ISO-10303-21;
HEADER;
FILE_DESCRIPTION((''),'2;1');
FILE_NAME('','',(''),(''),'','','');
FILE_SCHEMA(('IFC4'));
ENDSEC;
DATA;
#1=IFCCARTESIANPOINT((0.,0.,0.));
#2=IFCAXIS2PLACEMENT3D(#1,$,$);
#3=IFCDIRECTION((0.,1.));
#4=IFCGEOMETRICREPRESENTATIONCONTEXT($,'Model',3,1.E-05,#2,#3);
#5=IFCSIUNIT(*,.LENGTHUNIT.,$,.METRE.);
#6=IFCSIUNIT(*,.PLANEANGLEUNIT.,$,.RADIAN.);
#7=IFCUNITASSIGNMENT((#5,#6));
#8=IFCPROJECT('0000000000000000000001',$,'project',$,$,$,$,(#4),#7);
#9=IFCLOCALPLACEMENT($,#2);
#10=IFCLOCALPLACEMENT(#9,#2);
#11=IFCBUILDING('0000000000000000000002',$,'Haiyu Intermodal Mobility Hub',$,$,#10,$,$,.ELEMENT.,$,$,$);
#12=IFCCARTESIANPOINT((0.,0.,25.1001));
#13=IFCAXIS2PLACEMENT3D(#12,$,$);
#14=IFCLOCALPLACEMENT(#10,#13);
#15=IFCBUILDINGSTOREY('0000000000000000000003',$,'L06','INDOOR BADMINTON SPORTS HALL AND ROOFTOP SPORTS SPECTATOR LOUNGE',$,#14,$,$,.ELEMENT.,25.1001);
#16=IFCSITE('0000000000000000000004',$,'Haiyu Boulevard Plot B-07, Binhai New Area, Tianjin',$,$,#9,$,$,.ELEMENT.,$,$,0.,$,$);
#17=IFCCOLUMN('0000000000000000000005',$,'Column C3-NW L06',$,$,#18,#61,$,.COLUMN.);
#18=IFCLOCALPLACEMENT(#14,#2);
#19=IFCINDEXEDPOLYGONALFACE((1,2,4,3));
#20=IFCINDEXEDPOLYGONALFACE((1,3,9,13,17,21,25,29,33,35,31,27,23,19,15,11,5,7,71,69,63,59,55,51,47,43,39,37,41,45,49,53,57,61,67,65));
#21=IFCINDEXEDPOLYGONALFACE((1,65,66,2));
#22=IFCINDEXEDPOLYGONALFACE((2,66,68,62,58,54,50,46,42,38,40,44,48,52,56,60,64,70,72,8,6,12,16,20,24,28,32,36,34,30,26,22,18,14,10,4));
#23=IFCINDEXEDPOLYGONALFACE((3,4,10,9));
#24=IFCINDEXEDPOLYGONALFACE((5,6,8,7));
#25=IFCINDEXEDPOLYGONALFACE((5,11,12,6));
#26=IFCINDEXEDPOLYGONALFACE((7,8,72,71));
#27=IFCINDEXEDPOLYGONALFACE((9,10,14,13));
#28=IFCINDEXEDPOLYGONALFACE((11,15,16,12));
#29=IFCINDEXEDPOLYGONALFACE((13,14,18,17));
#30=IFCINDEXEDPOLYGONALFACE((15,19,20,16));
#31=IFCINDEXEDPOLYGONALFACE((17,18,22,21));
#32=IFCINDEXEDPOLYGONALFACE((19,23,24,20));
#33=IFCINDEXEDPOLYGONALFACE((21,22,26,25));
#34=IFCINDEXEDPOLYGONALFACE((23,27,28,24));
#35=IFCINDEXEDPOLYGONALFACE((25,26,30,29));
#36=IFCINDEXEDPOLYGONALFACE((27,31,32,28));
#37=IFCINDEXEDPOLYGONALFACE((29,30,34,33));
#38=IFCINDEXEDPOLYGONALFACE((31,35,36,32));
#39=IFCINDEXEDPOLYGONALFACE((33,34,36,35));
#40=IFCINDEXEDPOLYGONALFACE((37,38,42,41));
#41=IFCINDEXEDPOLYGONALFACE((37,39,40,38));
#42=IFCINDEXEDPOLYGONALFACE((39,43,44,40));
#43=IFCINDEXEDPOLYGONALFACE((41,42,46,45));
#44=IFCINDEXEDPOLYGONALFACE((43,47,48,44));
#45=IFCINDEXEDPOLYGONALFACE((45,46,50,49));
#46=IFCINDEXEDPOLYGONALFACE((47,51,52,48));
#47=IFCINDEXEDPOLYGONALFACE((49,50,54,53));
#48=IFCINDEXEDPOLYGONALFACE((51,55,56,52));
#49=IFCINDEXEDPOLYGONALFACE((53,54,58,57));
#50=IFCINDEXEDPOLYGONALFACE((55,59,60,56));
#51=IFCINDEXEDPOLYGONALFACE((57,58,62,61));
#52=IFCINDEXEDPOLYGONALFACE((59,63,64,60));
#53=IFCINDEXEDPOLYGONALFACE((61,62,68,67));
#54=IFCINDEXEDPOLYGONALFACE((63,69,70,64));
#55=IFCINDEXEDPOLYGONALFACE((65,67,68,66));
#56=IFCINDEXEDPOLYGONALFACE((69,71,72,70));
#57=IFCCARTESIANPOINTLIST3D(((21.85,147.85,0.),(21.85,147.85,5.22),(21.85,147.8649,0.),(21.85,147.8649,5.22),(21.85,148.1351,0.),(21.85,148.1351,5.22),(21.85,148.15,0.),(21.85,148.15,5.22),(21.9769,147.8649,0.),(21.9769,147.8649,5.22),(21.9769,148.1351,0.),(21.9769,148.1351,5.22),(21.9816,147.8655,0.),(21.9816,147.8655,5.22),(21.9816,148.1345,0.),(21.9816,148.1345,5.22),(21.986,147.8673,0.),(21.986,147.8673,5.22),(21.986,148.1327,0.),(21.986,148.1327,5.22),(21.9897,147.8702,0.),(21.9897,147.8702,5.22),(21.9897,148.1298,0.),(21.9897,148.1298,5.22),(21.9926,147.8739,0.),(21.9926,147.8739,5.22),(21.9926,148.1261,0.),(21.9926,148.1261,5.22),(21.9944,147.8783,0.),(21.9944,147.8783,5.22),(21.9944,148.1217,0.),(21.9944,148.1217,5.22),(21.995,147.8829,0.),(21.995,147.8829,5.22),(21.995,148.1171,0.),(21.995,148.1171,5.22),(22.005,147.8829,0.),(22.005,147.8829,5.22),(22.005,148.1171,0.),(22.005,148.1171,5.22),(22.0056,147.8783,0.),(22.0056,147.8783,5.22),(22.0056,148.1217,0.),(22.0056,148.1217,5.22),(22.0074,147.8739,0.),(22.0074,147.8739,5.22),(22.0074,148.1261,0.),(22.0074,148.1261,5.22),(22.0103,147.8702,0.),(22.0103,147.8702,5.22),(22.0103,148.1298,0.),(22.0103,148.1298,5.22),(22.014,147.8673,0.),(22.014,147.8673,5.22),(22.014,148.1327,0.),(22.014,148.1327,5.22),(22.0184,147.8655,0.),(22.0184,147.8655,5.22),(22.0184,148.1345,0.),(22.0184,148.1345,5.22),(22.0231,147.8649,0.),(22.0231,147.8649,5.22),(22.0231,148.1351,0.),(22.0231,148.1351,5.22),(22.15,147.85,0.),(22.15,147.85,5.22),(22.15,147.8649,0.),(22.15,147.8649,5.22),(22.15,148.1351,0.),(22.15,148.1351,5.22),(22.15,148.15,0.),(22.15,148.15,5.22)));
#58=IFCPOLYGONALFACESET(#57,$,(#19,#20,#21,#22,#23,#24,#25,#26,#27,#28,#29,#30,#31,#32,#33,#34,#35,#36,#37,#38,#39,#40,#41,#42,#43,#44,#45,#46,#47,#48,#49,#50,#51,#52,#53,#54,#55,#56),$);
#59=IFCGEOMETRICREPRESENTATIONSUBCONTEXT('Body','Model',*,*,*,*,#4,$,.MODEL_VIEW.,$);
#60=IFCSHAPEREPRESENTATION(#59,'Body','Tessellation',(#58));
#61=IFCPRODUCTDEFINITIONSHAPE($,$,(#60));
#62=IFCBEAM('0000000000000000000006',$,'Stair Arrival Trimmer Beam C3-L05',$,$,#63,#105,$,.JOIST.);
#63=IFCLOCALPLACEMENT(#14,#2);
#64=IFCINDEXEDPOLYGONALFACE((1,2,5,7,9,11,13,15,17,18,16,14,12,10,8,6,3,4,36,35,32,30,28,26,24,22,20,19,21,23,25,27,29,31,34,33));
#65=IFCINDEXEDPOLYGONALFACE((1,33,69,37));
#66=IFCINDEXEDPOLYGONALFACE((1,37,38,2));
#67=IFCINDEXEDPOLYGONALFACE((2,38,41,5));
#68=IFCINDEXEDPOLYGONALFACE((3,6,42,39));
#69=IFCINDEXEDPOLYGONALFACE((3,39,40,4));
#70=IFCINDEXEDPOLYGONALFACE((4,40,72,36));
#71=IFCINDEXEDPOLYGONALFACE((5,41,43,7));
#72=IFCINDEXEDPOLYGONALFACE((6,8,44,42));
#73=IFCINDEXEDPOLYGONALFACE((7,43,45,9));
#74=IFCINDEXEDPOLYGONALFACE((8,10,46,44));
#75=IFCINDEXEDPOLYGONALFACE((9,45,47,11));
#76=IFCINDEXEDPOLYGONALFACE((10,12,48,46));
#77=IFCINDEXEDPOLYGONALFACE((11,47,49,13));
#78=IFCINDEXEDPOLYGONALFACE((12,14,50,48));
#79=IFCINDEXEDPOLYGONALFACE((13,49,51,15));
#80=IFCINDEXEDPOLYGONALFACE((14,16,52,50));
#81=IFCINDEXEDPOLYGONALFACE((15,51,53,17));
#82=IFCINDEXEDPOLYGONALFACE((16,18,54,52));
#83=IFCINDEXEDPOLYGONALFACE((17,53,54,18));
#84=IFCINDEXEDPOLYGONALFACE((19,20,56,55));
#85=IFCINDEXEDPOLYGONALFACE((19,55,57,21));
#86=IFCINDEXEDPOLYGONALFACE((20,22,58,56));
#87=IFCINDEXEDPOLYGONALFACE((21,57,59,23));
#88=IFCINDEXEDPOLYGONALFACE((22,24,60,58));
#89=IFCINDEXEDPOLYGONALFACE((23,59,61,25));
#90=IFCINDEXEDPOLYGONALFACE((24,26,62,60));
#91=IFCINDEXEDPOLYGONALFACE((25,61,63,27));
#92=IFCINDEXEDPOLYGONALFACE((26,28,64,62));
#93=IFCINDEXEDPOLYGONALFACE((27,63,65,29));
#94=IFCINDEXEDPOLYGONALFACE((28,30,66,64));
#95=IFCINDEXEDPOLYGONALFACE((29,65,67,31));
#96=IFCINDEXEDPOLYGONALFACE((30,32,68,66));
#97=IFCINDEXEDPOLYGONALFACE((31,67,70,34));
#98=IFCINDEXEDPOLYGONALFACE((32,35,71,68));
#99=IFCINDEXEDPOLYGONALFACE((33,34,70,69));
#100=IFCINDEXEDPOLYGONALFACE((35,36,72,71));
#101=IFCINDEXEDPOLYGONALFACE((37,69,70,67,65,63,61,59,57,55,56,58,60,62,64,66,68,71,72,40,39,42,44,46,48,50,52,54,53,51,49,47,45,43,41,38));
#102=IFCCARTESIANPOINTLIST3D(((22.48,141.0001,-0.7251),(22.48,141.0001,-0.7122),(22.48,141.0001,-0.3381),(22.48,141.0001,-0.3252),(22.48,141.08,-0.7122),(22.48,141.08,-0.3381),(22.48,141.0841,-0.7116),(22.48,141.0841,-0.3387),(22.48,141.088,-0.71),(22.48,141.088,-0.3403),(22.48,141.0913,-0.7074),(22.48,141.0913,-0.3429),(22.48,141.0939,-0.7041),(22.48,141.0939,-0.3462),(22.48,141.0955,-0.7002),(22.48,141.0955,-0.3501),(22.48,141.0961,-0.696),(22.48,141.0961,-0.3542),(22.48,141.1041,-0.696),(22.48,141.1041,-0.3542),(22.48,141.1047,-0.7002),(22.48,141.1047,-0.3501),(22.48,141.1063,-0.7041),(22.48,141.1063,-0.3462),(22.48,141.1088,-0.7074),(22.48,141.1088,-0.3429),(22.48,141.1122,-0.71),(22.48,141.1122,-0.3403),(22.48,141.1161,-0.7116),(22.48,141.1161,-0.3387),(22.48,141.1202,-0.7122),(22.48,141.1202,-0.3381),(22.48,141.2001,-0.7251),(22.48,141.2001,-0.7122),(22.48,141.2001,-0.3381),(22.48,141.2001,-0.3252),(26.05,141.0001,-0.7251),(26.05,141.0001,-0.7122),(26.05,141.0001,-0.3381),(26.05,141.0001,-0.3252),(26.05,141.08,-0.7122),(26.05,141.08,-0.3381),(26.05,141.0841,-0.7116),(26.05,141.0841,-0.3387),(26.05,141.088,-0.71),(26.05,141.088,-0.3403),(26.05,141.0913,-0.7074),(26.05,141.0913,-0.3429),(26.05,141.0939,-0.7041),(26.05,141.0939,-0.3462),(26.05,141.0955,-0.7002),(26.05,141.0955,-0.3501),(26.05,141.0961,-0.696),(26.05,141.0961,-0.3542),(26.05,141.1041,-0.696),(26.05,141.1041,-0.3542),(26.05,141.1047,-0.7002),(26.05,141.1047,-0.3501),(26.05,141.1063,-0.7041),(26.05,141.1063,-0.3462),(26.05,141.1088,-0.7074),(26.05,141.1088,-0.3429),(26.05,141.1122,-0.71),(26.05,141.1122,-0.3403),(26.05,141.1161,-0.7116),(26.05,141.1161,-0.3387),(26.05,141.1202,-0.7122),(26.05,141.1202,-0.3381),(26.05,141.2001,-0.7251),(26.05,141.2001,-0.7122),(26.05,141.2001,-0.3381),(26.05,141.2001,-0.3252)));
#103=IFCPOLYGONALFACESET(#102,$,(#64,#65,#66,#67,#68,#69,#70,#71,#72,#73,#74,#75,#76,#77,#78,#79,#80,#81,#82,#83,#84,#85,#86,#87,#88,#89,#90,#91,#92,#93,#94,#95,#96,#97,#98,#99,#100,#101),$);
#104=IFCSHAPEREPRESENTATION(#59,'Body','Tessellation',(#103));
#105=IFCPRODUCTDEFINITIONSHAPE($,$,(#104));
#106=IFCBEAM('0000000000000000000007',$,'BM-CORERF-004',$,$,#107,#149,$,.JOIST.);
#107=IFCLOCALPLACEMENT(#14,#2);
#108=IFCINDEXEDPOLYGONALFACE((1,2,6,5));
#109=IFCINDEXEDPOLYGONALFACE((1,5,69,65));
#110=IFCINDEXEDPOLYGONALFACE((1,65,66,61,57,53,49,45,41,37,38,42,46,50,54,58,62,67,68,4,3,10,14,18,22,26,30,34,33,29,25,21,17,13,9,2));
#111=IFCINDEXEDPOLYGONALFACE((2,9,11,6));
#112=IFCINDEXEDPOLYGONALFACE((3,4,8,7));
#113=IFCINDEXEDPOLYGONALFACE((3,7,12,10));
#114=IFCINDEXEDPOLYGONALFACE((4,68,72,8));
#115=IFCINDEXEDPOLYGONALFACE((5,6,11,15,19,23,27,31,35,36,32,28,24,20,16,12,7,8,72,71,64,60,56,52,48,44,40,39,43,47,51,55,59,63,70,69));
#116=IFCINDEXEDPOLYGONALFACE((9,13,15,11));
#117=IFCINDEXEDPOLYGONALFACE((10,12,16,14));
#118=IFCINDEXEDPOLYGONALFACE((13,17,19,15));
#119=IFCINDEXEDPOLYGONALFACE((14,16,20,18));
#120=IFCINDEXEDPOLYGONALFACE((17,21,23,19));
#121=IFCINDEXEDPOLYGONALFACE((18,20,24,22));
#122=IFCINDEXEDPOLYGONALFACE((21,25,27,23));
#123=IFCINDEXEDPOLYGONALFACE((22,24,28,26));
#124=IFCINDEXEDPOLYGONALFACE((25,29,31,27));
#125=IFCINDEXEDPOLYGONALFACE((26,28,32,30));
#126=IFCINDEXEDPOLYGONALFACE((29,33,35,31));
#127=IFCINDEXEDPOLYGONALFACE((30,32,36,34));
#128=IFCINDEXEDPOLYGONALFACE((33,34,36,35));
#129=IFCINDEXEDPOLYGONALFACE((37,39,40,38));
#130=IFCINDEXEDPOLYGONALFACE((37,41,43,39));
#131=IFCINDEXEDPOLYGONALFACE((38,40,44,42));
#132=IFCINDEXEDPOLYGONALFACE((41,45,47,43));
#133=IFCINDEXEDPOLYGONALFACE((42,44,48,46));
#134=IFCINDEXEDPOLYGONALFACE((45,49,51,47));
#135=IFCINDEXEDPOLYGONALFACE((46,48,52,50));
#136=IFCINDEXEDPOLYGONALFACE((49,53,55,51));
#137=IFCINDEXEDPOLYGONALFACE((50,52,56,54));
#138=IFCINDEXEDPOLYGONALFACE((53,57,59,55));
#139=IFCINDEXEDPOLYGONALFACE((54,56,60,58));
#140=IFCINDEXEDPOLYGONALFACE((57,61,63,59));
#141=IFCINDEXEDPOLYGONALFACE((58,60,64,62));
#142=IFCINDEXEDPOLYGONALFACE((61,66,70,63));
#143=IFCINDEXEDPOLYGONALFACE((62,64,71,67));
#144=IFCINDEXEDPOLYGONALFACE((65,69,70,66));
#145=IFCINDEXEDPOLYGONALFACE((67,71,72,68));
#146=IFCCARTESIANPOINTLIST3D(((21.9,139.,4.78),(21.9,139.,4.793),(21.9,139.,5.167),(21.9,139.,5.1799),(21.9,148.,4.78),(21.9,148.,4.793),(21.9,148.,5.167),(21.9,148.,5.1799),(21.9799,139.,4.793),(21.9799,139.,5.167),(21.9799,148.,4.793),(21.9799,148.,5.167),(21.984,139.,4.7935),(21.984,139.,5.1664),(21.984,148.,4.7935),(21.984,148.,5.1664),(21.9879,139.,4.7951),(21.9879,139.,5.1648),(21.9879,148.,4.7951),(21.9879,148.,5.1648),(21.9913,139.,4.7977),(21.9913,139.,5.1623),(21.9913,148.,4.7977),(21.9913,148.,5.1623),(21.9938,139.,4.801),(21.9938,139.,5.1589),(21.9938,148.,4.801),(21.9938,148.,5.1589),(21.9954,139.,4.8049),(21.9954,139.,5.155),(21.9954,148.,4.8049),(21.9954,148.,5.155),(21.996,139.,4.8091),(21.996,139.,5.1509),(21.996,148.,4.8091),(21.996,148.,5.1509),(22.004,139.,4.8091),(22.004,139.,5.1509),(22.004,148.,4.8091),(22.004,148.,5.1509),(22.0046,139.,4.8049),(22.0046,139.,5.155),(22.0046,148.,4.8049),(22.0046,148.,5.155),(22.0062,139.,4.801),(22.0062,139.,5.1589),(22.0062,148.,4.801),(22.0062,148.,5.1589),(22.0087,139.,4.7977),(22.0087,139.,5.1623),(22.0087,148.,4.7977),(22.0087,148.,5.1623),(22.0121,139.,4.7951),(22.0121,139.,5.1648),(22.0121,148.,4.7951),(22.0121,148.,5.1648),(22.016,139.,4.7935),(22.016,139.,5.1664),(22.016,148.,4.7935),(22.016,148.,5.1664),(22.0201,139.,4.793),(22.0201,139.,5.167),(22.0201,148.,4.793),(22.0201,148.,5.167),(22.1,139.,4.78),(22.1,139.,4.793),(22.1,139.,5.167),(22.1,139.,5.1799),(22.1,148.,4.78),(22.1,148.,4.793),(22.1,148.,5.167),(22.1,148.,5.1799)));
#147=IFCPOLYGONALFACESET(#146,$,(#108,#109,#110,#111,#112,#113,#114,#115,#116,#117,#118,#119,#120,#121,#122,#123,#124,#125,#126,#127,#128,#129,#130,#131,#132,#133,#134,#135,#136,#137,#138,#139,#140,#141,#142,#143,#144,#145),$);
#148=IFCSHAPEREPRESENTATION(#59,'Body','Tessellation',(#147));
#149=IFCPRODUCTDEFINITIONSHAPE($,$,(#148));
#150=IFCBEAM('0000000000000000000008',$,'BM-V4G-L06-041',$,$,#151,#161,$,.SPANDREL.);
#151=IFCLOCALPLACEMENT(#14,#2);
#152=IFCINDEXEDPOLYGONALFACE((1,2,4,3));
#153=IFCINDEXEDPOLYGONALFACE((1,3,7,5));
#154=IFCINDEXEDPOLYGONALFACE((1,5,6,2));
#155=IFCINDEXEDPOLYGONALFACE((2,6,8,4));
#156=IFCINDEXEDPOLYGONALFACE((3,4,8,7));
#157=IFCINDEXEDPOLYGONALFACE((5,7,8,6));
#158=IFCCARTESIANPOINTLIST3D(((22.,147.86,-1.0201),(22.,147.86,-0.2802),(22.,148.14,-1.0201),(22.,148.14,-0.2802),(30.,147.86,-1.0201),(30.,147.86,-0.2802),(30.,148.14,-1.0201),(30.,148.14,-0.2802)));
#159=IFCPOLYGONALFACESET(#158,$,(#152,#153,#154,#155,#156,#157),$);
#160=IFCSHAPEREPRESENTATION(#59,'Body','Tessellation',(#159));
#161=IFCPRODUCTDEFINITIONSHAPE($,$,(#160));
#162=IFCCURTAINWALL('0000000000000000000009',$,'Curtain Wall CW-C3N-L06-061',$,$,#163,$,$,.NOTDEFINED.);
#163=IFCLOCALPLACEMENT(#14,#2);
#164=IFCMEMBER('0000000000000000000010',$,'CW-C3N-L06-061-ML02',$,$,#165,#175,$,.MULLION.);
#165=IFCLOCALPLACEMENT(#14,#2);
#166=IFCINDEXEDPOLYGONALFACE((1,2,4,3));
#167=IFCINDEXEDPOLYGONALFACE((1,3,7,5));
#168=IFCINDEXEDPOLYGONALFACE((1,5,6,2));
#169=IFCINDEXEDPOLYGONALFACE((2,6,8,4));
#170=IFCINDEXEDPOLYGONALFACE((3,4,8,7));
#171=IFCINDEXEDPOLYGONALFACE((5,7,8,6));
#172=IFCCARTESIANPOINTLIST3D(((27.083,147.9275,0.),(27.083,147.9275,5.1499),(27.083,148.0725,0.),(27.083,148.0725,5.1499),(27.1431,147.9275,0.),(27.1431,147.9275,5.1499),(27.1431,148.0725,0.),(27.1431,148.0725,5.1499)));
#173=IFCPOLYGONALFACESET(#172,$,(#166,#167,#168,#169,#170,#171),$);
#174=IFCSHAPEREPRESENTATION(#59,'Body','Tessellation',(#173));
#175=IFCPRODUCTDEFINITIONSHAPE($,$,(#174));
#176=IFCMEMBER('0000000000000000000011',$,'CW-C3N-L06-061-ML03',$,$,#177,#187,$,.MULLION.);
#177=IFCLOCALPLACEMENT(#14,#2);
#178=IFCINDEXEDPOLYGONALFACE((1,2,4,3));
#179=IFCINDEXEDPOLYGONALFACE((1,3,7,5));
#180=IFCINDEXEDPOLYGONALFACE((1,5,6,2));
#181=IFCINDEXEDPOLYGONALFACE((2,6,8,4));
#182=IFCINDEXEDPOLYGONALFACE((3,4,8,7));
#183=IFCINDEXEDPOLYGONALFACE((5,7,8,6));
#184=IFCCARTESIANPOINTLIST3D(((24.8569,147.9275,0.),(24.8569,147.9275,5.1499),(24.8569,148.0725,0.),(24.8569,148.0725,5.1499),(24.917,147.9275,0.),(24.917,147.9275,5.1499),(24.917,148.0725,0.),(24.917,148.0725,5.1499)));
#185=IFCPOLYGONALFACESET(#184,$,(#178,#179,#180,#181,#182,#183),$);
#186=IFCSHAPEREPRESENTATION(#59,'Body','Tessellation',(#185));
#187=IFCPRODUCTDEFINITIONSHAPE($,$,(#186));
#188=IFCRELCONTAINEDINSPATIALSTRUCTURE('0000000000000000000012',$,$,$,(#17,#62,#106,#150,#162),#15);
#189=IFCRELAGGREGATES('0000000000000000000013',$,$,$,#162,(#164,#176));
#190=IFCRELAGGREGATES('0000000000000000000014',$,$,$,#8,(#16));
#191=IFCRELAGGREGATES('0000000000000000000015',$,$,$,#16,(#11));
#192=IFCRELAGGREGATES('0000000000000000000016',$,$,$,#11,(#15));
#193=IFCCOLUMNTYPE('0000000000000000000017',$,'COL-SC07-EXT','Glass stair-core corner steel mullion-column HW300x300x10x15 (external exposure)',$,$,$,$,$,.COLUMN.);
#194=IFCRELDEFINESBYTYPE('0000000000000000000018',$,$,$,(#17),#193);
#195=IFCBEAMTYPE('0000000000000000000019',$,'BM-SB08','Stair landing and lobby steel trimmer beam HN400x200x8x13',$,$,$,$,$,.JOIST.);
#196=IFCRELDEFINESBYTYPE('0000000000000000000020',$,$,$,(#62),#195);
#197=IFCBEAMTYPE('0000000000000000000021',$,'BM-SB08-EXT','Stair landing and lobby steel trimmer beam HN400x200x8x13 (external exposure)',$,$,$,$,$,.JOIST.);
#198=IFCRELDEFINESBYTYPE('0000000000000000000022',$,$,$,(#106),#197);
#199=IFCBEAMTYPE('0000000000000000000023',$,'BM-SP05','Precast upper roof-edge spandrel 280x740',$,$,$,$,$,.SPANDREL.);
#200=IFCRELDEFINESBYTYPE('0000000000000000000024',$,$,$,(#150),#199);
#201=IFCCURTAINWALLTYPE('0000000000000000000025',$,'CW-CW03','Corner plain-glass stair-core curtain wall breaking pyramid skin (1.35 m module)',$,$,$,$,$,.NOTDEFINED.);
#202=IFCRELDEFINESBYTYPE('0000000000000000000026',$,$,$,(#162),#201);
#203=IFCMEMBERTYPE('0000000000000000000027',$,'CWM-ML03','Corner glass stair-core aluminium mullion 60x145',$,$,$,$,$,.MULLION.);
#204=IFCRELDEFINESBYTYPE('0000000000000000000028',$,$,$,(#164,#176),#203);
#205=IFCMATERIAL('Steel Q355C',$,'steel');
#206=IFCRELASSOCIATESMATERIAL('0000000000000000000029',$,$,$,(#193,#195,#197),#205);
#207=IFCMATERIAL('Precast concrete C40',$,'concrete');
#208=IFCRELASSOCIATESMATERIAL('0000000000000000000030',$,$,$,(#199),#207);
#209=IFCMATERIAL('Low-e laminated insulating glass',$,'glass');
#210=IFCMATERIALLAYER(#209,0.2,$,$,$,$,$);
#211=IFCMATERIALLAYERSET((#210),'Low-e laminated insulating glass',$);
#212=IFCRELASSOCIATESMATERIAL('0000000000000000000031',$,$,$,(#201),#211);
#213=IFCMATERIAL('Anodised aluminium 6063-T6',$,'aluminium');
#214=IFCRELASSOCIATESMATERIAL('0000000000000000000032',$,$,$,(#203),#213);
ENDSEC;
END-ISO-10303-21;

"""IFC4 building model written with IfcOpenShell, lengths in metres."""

from ifc_helpers import new_model, si_unit, direction, frame, origin, origin_2d, place, context, subcontext, project, spatial, rectangle, i_section, extrude, material, layer, layer_set, material_profile, profile_set, type_object, element, aggregate, save


model = new_model("IFC4")

# Units and contexts
model_context = context("Model", 3, precision=1e-05, world=origin(), true_north=direction((0.0, 1.0)))
body_context = subcontext(model_context, "Body", "Model", "MODEL_VIEW")
ifc_project = project(units=[si_unit("LENGTHUNIT", "METRE"), si_unit("PLANEANGLEUNIT", "RADIAN")], contexts=[model_context])

# Site, building, storey
site_placement = place(None, origin())
site = spatial("IfcSite", under=ifc_project, at=site_placement, Name="Haiyu Boulevard Plot B-07, Binhai New Area, Tianjin", CompositionType="ELEMENT", RefElevation=0.0)
building_placement = place(site_placement, origin())
building = spatial("IfcBuilding", under=site, at=building_placement, Name="Haiyu Intermodal Mobility Hub", CompositionType="ELEMENT")
storey_placement = place(building_placement, frame((0.0, 0.0, 25.1001)))
storey = spatial("IfcBuildingStorey", under=building, at=storey_placement, Name="L06", Description="INDOOR BADMINTON SPORTS HALL AND ROOFTOP SPORTS SPECTATOR LOUNGE", CompositionType="ELEMENT", Elevation=25.1001)

# Column
ifc_material_1 = material(Name="Steel Q355C", Category="steel")
ifc_material_profile_1 = material_profile(ifc_material_1, i_section(OverallWidth=0.3, OverallDepth=0.3, WebThickness=0.01, FlangeThickness=0.0149, FilletRadius=0.0181, at=origin_2d()), Name="HW300x300x10x15")
ifc_profile_set_1 = profile_set([ifc_material_profile_1], Name="Steel Q355C")
column_type_1 = type_object("IfcColumnType", Name="COL-SC07-EXT", Description="Glass stair-core corner steel mullion-column HW300x300x10x15 (external exposure)", PredefinedType="COLUMN", material=ifc_profile_set_1)
column_1_placement = place(storey_placement, frame((22.0, 148.0, 0.0), z_axis=(0.0, 0.0, 1.0), x_axis=(1.0, 0.0, 0.0)))
element("IfcColumn", 1, at=column_1_placement, inside=storey, type_object=column_type_1, Name="Column C3-NW L06", PredefinedType="COLUMN", context=body_context, shape_type="SweptSolid", body=[
    extrude(i_section(OverallWidth=0.3, OverallDepth=0.3, WebThickness=0.01, FlangeThickness=0.0149, FilletRadius=0.0181, at=origin_2d()), origin(), (0.0, 0.0, 1.0), 5.22),
])

# Beams
ifc_material_profile_2 = material_profile(ifc_material_1, i_section(OverallWidth=0.2, OverallDepth=0.3999, WebThickness=0.0081, FlangeThickness=0.0129, FilletRadius=0.0161, at=origin_2d()), Name="HN400x200x8x13")
ifc_profile_set_2 = profile_set([ifc_material_profile_2], Name="Steel Q355C")
beam_type_1 = type_object("IfcBeamType", Name="BM-SB08", Description="Stair landing and lobby steel trimmer beam HN400x200x8x13", PredefinedType="JOIST", material=ifc_profile_set_2)
beam_1_placement = place(storey_placement, frame((22.48, 141.1001, -0.5251), z_axis=(1.0, 0.0, 0.0), x_axis=(0.0, 1.0, 0.0)))
element("IfcBeam", 2, at=beam_1_placement, inside=storey, type_object=beam_type_1, Name="Stair Arrival Trimmer Beam C3-L05", PredefinedType="JOIST", context=body_context, shape_type="SweptSolid", body=[
    extrude(i_section(OverallWidth=0.2, OverallDepth=0.3999, WebThickness=0.0081, FlangeThickness=0.0129, FilletRadius=0.0161, at=origin_2d()), origin(), (0.0, 0.0, 1.0), 3.5701),
])
ifc_material_profile_3 = material_profile(ifc_material_1, i_section(OverallWidth=0.2, OverallDepth=0.3999, WebThickness=0.0081, FlangeThickness=0.0129, FilletRadius=0.0161, at=origin_2d()), Name="HN400x200x8x13")
ifc_profile_set_3 = profile_set([ifc_material_profile_3], Name="Steel Q355C")
beam_type_2 = type_object("IfcBeamType", Name="BM-SB08-EXT", Description="Stair landing and lobby steel trimmer beam HN400x200x8x13 (external exposure)", PredefinedType="JOIST", material=ifc_profile_set_3)
beam_2_placement = place(storey_placement, frame((22.0, 148.0, 4.98), z_axis=(0.0, -1.0, 0.0), x_axis=(1.0, 0.0, 0.0)))
element("IfcBeam", 3, at=beam_2_placement, inside=storey, type_object=beam_type_2, Name="BM-CORERF-004", PredefinedType="JOIST", context=body_context, shape_type="SweptSolid", body=[
    extrude(i_section(OverallWidth=0.2, OverallDepth=0.3999, WebThickness=0.0081, FlangeThickness=0.0129, FilletRadius=0.0161, at=origin_2d()), origin(), (0.0, 0.0, 1.0), 9.0),
])
ifc_material_2 = material(Name="Precast concrete C40", Category="concrete")
ifc_material_profile_4 = material_profile(ifc_material_2, rectangle(XDim=0.28, YDim=0.74, at=origin_2d()), Name="B280x740")
ifc_profile_set_4 = profile_set([ifc_material_profile_4], Name="Precast concrete C40")
beam_type_3 = type_object("IfcBeamType", Name="BM-SP05", Description="Precast upper roof-edge spandrel 280x740", PredefinedType="SPANDREL", material=ifc_profile_set_4)
beam_3_placement = place(storey_placement, frame((22.0, 148.0, -0.6501), z_axis=(1.0, 0.0, 0.0), x_axis=(0.0, 1.0, 0.0)))
element("IfcBeam", 4, at=beam_3_placement, inside=storey, type_object=beam_type_3, Name="BM-V4G-L06-041", PredefinedType="SPANDREL", context=body_context, shape_type="SweptSolid", body=[
    extrude(rectangle(XDim=0.28, YDim=0.74, at=origin_2d()), origin(), (0.0, 0.0, 1.0), 8.0),
])

# Curtain wall, members
ifc_material_3 = material(Name="Low-e laminated insulating glass", Category="glass")
ifc_layer_1 = layer(ifc_material_3, 0.2)
ifc_layer_set_1 = layer_set([ifc_layer_1], Name="Low-e laminated insulating glass")
curtain_wall_type = type_object("IfcCurtainWallType", Name="CW-CW03", Description="Corner plain-glass stair-core curtain wall breaking pyramid skin (1.35 m module)", PredefinedType="NOTDEFINED", material=ifc_layer_set_1)
curtain_wall_1_placement = place(storey_placement, origin())
curtain_wall_1 = element("IfcCurtainWall", 5, at=curtain_wall_1_placement, inside=storey, type_object=curtain_wall_type, Name="Curtain Wall CW-C3N-L06-061", PredefinedType="NOTDEFINED")
ifc_material_4 = material(Name="Anodised aluminium 6063-T6", Category="aluminium")
ifc_material_profile_5 = material_profile(ifc_material_4, rectangle(XDim=0.0601, YDim=0.145, at=origin_2d()), Name="ALU60x145")
ifc_profile_set_5 = profile_set([ifc_material_profile_5], Name="Anodised aluminium 6063-T6")
member_type_1 = type_object("IfcMemberType", Name="CWM-ML03", Description="Corner glass stair-core aluminium mullion 60x145", PredefinedType="MULLION", material=ifc_profile_set_5)
member_1_placement = place(storey_placement, frame((27.113, 148.0, 0.0), z_axis=(0.0, 0.0, 1.0), x_axis=(1.0, 0.0, 0.0)))
member_1 = element("IfcMember", 6, at=member_1_placement, type_object=member_type_1, Name="CW-C3N-L06-061-ML02", PredefinedType="MULLION", context=body_context, shape_type="SweptSolid", body=[
    extrude(rectangle(XDim=0.0601, YDim=0.145, at=origin_2d()), origin(), (0.0, 0.0, 1.0), 5.1499),
])
member_2_placement = place(storey_placement, frame((24.887, 148.0, 0.0), z_axis=(0.0, 0.0, 1.0), x_axis=(1.0, 0.0, 0.0)))
member_2 = element("IfcMember", 7, at=member_2_placement, type_object=member_type_1, Name="CW-C3N-L06-061-ML03", PredefinedType="MULLION", context=body_context, shape_type="SweptSolid", body=[
    extrude(rectangle(XDim=0.0601, YDim=0.145, at=origin_2d()), origin(), (0.0, 0.0, 1.0), 5.1499),
])

aggregate(curtain_wall_1, [member_1, member_2])

save(model, "model.ifc")
